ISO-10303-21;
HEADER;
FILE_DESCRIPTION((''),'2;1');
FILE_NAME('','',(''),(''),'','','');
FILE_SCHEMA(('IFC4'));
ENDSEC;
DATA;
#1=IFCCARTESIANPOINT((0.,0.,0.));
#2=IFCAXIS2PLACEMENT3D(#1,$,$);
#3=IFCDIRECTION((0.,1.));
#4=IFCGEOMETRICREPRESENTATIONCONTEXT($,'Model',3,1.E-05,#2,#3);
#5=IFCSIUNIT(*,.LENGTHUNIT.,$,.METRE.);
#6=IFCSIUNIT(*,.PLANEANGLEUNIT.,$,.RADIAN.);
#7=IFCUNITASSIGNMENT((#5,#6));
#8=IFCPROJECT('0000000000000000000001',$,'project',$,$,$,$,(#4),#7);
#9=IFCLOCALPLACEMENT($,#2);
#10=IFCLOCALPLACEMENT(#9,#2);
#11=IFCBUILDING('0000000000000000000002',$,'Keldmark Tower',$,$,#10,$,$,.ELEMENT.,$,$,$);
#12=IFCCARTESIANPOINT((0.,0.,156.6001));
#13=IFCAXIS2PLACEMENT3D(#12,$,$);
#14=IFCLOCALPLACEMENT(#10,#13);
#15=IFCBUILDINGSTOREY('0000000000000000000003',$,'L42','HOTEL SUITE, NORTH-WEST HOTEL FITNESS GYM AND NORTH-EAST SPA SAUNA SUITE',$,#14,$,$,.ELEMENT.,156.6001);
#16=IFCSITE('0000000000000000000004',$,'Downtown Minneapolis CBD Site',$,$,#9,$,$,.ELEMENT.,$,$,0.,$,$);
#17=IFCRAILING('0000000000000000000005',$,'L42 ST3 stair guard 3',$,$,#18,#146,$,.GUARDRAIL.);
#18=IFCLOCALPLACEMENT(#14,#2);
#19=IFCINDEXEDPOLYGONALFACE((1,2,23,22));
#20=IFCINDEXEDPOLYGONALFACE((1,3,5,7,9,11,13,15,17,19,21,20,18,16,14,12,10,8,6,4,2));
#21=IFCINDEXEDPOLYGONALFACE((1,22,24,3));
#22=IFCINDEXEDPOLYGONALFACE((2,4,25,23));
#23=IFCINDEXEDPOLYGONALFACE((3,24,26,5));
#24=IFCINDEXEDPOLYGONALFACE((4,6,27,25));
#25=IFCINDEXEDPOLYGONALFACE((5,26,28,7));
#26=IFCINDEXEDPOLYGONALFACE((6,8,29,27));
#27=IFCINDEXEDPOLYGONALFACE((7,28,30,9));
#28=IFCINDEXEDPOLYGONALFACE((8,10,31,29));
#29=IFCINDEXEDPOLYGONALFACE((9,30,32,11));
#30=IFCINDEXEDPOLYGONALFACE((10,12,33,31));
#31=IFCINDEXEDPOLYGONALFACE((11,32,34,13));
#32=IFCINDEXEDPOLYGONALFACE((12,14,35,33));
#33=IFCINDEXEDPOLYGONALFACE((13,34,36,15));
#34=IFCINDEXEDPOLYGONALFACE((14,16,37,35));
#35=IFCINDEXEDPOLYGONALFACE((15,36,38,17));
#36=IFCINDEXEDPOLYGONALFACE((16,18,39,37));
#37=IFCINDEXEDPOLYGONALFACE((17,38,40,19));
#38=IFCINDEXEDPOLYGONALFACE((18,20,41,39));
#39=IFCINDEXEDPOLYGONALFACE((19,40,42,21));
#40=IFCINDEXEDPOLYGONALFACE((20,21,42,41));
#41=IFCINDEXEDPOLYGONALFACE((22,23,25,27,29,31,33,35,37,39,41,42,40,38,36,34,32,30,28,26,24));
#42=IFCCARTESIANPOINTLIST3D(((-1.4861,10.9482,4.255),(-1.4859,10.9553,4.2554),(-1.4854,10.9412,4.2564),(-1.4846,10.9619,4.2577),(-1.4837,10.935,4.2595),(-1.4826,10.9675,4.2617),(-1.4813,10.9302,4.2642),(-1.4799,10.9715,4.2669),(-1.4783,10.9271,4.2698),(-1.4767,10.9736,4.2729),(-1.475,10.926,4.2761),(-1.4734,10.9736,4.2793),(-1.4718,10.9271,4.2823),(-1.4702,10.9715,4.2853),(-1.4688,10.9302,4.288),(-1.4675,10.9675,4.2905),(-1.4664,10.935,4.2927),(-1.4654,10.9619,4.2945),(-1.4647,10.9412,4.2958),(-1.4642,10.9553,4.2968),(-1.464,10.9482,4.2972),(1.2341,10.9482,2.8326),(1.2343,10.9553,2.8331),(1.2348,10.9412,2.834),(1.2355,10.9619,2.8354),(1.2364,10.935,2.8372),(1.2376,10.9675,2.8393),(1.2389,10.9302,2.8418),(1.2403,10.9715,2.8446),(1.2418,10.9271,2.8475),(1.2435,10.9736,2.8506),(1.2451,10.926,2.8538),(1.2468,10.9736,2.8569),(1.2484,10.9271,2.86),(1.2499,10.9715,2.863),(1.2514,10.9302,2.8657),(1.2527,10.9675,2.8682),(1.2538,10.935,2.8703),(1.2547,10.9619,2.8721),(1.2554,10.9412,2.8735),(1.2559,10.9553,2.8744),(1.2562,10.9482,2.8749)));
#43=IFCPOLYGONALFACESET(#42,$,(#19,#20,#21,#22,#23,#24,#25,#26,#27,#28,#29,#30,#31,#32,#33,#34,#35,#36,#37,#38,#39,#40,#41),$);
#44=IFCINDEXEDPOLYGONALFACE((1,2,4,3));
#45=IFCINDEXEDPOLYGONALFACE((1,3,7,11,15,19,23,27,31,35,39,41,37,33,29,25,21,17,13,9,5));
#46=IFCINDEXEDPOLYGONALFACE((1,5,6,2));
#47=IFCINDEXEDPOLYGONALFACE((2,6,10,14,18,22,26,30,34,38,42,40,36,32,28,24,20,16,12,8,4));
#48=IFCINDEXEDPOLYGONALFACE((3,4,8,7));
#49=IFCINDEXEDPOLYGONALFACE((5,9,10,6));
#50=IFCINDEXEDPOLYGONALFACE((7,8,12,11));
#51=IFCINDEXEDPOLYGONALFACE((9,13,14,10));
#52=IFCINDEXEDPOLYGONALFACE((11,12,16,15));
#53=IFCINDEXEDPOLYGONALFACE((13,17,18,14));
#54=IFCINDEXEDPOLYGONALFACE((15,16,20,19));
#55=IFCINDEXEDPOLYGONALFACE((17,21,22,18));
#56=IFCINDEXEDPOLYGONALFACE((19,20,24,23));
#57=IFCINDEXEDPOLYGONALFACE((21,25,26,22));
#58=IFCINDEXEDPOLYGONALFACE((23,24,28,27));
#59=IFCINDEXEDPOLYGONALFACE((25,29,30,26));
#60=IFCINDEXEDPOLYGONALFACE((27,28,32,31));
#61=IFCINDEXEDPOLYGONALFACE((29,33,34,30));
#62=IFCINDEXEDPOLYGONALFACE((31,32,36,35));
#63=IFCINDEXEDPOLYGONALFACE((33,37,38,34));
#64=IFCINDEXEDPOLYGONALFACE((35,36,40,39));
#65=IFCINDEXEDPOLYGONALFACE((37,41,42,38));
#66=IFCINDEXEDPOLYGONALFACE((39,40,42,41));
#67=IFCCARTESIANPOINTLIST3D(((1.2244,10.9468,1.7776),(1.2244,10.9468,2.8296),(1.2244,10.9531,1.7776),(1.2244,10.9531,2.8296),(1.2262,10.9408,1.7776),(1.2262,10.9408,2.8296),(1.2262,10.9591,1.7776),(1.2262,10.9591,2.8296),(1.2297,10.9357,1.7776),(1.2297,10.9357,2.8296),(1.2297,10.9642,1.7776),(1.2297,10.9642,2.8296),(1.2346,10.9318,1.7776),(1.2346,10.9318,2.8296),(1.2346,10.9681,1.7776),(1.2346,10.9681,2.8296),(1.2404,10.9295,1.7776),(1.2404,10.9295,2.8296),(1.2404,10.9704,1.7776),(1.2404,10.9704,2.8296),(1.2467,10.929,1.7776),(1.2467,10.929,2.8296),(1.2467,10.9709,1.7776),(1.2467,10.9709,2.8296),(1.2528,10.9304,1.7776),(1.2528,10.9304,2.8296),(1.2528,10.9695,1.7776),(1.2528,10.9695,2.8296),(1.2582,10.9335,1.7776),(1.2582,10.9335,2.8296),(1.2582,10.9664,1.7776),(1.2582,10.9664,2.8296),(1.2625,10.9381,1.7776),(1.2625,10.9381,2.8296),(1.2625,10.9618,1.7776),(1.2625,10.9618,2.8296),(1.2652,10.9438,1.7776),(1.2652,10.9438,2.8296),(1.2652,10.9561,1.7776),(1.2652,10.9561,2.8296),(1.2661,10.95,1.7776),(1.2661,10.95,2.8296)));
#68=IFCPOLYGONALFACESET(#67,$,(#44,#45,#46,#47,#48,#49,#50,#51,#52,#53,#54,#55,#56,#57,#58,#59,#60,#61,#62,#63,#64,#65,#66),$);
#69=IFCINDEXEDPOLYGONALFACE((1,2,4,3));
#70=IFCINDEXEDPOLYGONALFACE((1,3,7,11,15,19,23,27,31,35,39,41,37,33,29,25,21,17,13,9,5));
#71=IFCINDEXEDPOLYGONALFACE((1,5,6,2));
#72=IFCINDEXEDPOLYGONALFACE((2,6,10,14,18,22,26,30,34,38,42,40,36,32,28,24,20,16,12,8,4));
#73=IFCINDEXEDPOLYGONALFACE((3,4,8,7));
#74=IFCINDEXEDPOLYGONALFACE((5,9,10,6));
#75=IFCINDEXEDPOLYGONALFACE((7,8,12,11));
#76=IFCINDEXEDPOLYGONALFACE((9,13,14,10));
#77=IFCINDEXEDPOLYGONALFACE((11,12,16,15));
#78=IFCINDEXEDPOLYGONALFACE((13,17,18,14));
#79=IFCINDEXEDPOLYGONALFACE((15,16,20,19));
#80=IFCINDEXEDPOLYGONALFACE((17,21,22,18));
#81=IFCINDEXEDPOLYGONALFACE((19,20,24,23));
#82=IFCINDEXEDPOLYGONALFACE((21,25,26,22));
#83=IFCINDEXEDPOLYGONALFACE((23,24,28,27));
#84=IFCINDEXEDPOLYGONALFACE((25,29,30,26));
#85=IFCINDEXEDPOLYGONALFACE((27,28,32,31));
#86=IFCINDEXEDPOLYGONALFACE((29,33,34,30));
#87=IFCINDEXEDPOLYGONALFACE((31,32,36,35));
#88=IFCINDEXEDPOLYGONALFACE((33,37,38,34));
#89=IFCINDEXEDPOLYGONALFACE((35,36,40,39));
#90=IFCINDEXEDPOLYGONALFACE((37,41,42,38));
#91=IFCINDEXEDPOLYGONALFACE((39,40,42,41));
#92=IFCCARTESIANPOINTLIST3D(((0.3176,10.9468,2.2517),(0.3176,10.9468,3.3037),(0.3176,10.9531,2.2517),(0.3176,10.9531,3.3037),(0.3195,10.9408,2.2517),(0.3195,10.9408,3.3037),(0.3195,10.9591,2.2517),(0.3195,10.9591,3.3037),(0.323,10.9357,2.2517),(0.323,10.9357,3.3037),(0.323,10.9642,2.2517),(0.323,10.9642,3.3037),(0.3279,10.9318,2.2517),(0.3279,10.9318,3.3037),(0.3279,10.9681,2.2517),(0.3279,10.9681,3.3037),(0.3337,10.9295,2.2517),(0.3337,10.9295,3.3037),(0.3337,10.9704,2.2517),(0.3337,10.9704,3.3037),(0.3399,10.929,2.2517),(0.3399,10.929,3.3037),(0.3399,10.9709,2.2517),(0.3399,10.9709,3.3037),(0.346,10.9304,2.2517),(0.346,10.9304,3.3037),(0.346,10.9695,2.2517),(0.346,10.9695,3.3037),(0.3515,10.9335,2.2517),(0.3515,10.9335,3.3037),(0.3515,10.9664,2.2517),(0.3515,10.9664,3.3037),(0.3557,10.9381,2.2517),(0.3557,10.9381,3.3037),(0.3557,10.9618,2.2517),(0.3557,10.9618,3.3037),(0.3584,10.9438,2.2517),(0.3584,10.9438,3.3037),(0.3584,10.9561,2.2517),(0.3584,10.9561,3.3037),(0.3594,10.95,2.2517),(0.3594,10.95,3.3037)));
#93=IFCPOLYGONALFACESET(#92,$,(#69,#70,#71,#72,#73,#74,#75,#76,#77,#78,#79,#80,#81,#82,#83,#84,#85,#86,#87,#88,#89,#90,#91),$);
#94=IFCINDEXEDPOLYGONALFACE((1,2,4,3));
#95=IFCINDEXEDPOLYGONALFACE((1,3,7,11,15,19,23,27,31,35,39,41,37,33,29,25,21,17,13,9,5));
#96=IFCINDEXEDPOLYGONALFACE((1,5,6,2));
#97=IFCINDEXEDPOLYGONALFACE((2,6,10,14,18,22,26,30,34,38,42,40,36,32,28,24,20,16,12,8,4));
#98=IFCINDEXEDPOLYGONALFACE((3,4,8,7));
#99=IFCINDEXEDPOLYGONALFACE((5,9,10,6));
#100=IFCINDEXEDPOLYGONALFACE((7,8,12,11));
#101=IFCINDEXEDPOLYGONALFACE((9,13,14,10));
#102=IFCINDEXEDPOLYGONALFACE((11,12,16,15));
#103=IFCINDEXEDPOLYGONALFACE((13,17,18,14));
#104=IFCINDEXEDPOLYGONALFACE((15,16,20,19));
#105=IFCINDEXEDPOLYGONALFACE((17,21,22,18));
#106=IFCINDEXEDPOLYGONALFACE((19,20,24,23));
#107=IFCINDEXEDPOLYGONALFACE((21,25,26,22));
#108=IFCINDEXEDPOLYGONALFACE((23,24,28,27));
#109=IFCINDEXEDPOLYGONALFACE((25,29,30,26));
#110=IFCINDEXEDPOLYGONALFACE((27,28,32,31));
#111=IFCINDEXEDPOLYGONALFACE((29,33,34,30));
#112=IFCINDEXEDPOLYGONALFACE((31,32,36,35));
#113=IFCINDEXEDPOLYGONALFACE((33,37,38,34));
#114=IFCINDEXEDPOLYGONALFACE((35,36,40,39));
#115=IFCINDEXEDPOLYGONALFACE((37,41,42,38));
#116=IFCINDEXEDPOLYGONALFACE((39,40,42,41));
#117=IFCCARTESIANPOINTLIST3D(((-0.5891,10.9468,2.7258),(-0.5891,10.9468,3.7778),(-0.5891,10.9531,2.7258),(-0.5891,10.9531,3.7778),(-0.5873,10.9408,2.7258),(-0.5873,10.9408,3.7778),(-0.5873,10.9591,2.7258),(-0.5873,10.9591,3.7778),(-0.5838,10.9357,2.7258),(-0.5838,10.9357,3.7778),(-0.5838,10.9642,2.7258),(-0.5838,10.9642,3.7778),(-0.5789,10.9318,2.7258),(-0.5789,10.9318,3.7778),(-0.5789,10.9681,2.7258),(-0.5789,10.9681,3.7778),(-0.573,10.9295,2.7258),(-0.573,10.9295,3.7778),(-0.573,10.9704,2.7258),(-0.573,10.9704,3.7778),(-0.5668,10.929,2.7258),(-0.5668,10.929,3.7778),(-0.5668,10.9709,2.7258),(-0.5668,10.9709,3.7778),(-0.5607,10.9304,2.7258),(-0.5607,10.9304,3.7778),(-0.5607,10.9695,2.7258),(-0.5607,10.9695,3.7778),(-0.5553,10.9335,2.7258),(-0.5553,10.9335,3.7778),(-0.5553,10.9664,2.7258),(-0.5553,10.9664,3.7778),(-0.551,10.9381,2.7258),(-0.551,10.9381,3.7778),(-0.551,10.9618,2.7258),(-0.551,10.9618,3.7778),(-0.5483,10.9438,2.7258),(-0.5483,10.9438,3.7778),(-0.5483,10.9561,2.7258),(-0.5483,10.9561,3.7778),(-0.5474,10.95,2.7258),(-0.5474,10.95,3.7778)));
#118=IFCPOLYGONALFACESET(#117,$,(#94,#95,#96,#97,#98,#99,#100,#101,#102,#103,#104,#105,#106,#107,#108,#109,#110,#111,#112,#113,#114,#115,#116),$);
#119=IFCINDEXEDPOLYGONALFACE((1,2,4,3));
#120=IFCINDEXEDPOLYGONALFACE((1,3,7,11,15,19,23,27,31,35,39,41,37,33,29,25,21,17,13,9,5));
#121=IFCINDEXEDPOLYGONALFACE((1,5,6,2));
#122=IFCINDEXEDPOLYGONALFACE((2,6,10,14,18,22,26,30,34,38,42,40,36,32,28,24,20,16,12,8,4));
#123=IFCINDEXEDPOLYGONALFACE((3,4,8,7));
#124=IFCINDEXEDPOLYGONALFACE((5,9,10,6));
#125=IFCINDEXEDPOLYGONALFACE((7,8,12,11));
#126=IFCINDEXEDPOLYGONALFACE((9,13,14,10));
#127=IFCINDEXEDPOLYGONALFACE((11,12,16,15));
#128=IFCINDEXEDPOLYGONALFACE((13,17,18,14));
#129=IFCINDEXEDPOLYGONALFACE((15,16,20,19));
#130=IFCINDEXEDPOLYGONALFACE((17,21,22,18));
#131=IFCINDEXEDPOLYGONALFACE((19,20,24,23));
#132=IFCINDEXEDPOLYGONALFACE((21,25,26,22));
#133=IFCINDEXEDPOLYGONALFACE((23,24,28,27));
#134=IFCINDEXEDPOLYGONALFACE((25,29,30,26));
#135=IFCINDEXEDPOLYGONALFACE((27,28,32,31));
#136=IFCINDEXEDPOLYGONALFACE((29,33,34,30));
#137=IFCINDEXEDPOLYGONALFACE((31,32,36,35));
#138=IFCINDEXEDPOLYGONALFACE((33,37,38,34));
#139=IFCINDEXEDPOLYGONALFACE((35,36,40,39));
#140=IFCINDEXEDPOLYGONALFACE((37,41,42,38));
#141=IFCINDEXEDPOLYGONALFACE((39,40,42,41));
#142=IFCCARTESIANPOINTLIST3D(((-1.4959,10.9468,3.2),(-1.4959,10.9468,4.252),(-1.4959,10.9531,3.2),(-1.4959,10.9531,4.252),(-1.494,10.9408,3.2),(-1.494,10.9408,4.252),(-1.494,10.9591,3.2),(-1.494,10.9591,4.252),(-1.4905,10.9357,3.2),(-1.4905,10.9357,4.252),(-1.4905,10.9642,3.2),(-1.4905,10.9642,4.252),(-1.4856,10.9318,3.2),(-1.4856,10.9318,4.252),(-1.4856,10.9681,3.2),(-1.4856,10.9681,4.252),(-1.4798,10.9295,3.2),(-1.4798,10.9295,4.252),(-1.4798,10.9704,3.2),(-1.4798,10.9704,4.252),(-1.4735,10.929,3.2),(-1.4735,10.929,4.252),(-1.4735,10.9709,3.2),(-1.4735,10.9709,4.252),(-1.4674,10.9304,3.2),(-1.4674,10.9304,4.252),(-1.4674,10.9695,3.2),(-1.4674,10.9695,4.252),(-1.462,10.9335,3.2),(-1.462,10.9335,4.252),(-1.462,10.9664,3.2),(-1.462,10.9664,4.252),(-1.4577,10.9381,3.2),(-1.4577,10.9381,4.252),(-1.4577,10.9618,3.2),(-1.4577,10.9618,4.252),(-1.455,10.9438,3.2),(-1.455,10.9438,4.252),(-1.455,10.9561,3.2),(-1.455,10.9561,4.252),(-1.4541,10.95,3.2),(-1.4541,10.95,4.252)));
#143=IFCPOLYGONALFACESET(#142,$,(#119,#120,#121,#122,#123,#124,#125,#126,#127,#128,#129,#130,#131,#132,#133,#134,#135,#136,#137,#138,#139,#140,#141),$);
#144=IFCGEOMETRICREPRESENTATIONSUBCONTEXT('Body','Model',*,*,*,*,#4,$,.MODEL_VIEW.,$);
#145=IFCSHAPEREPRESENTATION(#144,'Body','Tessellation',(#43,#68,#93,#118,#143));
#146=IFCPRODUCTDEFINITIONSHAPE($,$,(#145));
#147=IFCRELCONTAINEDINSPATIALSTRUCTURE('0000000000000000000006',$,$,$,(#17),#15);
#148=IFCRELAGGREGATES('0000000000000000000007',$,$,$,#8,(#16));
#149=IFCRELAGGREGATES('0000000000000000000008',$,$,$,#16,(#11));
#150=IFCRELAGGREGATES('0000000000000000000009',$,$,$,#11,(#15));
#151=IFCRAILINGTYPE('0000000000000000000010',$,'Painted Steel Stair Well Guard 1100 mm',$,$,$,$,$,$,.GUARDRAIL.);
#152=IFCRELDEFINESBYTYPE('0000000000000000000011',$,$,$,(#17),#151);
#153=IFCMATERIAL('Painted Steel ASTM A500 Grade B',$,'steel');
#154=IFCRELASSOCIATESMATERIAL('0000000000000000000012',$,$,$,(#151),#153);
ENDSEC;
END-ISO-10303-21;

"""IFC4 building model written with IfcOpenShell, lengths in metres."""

from ifc_helpers import new_model, si_unit, direction, frame, origin, origin_2d, place, context, subcontext, project, spatial, circle, extrude, material, type_object, element, save


model = new_model("IFC4")

# Units and contexts
model_context = context("Model", 3, precision=1e-05, world=origin(), true_north=direction((0.0, 1.0)))
body_context = subcontext(model_context, "Body", "Model", "MODEL_VIEW")
ifc_project = project(units=[si_unit("LENGTHUNIT", "METRE"), si_unit("PLANEANGLEUNIT", "RADIAN")], contexts=[model_context])

# Site, building, storey
site_placement = place(None, origin())
site = spatial("IfcSite", under=ifc_project, at=site_placement, Name="Downtown Minneapolis CBD Site", CompositionType="ELEMENT", RefElevation=0.0)
building_placement = place(site_placement, origin())
building = spatial("IfcBuilding", under=site, at=building_placement, Name="Keldmark Tower", CompositionType="ELEMENT")
storey_placement = place(building_placement, frame((0.0, 0.0, 156.6001)))
storey = spatial("IfcBuildingStorey", under=building, at=storey_placement, Name="L42", Description="HOTEL SUITE, NORTH-WEST HOTEL FITNESS GYM AND NORTH-EAST SPA SAUNA SUITE", CompositionType="ELEMENT", Elevation=156.6001)

# Railing
ifc_material_1 = material(Name="Painted Steel ASTM A500 Grade B", Category="steel")
railing_type_1 = type_object("IfcRailingType", Name="Painted Steel Stair Well Guard 1100 mm", PredefinedType="GUARDRAIL", material=ifc_material_1)
railing_1_placement = place(storey_placement, frame((1.2451, 10.95, 1.7776)))
element("IfcRailing", 1, at=railing_1_placement, inside=storey, type_object=railing_type_1, Name="L42 ST3 stair guard 3", PredefinedType="GUARDRAIL", context=body_context, shape_type="SweptSolid", body=[
    extrude(circle(Radius=0.0239, at=origin_2d()), frame((0.0, 0.0, 1.0762), z_axis=(-0.886168, 0.0, 0.463365), x_axis=(0.0, -1.0, 0.0)), (0.0, 0.0, 1.0), 3.0696),
    extrude(circle(Radius=0.021, at=origin_2d()), origin(), (0.0, 0.0, 1.0), 1.052),
    extrude(circle(Radius=0.021, at=origin_2d()), frame((-0.9067, 0.0, 0.4741)), (0.0, 0.0, 1.0), 1.052),
    extrude(circle(Radius=0.021, at=origin_2d()), frame((-1.8135, 0.0, 0.9482)), (0.0, 0.0, 1.0), 1.052),
    extrude(circle(Radius=0.021, at=origin_2d()), frame((-2.7202, 0.0, 1.4224)), (0.0, 0.0, 1.0), 1.052),
])

save(model, "model.ifc")
